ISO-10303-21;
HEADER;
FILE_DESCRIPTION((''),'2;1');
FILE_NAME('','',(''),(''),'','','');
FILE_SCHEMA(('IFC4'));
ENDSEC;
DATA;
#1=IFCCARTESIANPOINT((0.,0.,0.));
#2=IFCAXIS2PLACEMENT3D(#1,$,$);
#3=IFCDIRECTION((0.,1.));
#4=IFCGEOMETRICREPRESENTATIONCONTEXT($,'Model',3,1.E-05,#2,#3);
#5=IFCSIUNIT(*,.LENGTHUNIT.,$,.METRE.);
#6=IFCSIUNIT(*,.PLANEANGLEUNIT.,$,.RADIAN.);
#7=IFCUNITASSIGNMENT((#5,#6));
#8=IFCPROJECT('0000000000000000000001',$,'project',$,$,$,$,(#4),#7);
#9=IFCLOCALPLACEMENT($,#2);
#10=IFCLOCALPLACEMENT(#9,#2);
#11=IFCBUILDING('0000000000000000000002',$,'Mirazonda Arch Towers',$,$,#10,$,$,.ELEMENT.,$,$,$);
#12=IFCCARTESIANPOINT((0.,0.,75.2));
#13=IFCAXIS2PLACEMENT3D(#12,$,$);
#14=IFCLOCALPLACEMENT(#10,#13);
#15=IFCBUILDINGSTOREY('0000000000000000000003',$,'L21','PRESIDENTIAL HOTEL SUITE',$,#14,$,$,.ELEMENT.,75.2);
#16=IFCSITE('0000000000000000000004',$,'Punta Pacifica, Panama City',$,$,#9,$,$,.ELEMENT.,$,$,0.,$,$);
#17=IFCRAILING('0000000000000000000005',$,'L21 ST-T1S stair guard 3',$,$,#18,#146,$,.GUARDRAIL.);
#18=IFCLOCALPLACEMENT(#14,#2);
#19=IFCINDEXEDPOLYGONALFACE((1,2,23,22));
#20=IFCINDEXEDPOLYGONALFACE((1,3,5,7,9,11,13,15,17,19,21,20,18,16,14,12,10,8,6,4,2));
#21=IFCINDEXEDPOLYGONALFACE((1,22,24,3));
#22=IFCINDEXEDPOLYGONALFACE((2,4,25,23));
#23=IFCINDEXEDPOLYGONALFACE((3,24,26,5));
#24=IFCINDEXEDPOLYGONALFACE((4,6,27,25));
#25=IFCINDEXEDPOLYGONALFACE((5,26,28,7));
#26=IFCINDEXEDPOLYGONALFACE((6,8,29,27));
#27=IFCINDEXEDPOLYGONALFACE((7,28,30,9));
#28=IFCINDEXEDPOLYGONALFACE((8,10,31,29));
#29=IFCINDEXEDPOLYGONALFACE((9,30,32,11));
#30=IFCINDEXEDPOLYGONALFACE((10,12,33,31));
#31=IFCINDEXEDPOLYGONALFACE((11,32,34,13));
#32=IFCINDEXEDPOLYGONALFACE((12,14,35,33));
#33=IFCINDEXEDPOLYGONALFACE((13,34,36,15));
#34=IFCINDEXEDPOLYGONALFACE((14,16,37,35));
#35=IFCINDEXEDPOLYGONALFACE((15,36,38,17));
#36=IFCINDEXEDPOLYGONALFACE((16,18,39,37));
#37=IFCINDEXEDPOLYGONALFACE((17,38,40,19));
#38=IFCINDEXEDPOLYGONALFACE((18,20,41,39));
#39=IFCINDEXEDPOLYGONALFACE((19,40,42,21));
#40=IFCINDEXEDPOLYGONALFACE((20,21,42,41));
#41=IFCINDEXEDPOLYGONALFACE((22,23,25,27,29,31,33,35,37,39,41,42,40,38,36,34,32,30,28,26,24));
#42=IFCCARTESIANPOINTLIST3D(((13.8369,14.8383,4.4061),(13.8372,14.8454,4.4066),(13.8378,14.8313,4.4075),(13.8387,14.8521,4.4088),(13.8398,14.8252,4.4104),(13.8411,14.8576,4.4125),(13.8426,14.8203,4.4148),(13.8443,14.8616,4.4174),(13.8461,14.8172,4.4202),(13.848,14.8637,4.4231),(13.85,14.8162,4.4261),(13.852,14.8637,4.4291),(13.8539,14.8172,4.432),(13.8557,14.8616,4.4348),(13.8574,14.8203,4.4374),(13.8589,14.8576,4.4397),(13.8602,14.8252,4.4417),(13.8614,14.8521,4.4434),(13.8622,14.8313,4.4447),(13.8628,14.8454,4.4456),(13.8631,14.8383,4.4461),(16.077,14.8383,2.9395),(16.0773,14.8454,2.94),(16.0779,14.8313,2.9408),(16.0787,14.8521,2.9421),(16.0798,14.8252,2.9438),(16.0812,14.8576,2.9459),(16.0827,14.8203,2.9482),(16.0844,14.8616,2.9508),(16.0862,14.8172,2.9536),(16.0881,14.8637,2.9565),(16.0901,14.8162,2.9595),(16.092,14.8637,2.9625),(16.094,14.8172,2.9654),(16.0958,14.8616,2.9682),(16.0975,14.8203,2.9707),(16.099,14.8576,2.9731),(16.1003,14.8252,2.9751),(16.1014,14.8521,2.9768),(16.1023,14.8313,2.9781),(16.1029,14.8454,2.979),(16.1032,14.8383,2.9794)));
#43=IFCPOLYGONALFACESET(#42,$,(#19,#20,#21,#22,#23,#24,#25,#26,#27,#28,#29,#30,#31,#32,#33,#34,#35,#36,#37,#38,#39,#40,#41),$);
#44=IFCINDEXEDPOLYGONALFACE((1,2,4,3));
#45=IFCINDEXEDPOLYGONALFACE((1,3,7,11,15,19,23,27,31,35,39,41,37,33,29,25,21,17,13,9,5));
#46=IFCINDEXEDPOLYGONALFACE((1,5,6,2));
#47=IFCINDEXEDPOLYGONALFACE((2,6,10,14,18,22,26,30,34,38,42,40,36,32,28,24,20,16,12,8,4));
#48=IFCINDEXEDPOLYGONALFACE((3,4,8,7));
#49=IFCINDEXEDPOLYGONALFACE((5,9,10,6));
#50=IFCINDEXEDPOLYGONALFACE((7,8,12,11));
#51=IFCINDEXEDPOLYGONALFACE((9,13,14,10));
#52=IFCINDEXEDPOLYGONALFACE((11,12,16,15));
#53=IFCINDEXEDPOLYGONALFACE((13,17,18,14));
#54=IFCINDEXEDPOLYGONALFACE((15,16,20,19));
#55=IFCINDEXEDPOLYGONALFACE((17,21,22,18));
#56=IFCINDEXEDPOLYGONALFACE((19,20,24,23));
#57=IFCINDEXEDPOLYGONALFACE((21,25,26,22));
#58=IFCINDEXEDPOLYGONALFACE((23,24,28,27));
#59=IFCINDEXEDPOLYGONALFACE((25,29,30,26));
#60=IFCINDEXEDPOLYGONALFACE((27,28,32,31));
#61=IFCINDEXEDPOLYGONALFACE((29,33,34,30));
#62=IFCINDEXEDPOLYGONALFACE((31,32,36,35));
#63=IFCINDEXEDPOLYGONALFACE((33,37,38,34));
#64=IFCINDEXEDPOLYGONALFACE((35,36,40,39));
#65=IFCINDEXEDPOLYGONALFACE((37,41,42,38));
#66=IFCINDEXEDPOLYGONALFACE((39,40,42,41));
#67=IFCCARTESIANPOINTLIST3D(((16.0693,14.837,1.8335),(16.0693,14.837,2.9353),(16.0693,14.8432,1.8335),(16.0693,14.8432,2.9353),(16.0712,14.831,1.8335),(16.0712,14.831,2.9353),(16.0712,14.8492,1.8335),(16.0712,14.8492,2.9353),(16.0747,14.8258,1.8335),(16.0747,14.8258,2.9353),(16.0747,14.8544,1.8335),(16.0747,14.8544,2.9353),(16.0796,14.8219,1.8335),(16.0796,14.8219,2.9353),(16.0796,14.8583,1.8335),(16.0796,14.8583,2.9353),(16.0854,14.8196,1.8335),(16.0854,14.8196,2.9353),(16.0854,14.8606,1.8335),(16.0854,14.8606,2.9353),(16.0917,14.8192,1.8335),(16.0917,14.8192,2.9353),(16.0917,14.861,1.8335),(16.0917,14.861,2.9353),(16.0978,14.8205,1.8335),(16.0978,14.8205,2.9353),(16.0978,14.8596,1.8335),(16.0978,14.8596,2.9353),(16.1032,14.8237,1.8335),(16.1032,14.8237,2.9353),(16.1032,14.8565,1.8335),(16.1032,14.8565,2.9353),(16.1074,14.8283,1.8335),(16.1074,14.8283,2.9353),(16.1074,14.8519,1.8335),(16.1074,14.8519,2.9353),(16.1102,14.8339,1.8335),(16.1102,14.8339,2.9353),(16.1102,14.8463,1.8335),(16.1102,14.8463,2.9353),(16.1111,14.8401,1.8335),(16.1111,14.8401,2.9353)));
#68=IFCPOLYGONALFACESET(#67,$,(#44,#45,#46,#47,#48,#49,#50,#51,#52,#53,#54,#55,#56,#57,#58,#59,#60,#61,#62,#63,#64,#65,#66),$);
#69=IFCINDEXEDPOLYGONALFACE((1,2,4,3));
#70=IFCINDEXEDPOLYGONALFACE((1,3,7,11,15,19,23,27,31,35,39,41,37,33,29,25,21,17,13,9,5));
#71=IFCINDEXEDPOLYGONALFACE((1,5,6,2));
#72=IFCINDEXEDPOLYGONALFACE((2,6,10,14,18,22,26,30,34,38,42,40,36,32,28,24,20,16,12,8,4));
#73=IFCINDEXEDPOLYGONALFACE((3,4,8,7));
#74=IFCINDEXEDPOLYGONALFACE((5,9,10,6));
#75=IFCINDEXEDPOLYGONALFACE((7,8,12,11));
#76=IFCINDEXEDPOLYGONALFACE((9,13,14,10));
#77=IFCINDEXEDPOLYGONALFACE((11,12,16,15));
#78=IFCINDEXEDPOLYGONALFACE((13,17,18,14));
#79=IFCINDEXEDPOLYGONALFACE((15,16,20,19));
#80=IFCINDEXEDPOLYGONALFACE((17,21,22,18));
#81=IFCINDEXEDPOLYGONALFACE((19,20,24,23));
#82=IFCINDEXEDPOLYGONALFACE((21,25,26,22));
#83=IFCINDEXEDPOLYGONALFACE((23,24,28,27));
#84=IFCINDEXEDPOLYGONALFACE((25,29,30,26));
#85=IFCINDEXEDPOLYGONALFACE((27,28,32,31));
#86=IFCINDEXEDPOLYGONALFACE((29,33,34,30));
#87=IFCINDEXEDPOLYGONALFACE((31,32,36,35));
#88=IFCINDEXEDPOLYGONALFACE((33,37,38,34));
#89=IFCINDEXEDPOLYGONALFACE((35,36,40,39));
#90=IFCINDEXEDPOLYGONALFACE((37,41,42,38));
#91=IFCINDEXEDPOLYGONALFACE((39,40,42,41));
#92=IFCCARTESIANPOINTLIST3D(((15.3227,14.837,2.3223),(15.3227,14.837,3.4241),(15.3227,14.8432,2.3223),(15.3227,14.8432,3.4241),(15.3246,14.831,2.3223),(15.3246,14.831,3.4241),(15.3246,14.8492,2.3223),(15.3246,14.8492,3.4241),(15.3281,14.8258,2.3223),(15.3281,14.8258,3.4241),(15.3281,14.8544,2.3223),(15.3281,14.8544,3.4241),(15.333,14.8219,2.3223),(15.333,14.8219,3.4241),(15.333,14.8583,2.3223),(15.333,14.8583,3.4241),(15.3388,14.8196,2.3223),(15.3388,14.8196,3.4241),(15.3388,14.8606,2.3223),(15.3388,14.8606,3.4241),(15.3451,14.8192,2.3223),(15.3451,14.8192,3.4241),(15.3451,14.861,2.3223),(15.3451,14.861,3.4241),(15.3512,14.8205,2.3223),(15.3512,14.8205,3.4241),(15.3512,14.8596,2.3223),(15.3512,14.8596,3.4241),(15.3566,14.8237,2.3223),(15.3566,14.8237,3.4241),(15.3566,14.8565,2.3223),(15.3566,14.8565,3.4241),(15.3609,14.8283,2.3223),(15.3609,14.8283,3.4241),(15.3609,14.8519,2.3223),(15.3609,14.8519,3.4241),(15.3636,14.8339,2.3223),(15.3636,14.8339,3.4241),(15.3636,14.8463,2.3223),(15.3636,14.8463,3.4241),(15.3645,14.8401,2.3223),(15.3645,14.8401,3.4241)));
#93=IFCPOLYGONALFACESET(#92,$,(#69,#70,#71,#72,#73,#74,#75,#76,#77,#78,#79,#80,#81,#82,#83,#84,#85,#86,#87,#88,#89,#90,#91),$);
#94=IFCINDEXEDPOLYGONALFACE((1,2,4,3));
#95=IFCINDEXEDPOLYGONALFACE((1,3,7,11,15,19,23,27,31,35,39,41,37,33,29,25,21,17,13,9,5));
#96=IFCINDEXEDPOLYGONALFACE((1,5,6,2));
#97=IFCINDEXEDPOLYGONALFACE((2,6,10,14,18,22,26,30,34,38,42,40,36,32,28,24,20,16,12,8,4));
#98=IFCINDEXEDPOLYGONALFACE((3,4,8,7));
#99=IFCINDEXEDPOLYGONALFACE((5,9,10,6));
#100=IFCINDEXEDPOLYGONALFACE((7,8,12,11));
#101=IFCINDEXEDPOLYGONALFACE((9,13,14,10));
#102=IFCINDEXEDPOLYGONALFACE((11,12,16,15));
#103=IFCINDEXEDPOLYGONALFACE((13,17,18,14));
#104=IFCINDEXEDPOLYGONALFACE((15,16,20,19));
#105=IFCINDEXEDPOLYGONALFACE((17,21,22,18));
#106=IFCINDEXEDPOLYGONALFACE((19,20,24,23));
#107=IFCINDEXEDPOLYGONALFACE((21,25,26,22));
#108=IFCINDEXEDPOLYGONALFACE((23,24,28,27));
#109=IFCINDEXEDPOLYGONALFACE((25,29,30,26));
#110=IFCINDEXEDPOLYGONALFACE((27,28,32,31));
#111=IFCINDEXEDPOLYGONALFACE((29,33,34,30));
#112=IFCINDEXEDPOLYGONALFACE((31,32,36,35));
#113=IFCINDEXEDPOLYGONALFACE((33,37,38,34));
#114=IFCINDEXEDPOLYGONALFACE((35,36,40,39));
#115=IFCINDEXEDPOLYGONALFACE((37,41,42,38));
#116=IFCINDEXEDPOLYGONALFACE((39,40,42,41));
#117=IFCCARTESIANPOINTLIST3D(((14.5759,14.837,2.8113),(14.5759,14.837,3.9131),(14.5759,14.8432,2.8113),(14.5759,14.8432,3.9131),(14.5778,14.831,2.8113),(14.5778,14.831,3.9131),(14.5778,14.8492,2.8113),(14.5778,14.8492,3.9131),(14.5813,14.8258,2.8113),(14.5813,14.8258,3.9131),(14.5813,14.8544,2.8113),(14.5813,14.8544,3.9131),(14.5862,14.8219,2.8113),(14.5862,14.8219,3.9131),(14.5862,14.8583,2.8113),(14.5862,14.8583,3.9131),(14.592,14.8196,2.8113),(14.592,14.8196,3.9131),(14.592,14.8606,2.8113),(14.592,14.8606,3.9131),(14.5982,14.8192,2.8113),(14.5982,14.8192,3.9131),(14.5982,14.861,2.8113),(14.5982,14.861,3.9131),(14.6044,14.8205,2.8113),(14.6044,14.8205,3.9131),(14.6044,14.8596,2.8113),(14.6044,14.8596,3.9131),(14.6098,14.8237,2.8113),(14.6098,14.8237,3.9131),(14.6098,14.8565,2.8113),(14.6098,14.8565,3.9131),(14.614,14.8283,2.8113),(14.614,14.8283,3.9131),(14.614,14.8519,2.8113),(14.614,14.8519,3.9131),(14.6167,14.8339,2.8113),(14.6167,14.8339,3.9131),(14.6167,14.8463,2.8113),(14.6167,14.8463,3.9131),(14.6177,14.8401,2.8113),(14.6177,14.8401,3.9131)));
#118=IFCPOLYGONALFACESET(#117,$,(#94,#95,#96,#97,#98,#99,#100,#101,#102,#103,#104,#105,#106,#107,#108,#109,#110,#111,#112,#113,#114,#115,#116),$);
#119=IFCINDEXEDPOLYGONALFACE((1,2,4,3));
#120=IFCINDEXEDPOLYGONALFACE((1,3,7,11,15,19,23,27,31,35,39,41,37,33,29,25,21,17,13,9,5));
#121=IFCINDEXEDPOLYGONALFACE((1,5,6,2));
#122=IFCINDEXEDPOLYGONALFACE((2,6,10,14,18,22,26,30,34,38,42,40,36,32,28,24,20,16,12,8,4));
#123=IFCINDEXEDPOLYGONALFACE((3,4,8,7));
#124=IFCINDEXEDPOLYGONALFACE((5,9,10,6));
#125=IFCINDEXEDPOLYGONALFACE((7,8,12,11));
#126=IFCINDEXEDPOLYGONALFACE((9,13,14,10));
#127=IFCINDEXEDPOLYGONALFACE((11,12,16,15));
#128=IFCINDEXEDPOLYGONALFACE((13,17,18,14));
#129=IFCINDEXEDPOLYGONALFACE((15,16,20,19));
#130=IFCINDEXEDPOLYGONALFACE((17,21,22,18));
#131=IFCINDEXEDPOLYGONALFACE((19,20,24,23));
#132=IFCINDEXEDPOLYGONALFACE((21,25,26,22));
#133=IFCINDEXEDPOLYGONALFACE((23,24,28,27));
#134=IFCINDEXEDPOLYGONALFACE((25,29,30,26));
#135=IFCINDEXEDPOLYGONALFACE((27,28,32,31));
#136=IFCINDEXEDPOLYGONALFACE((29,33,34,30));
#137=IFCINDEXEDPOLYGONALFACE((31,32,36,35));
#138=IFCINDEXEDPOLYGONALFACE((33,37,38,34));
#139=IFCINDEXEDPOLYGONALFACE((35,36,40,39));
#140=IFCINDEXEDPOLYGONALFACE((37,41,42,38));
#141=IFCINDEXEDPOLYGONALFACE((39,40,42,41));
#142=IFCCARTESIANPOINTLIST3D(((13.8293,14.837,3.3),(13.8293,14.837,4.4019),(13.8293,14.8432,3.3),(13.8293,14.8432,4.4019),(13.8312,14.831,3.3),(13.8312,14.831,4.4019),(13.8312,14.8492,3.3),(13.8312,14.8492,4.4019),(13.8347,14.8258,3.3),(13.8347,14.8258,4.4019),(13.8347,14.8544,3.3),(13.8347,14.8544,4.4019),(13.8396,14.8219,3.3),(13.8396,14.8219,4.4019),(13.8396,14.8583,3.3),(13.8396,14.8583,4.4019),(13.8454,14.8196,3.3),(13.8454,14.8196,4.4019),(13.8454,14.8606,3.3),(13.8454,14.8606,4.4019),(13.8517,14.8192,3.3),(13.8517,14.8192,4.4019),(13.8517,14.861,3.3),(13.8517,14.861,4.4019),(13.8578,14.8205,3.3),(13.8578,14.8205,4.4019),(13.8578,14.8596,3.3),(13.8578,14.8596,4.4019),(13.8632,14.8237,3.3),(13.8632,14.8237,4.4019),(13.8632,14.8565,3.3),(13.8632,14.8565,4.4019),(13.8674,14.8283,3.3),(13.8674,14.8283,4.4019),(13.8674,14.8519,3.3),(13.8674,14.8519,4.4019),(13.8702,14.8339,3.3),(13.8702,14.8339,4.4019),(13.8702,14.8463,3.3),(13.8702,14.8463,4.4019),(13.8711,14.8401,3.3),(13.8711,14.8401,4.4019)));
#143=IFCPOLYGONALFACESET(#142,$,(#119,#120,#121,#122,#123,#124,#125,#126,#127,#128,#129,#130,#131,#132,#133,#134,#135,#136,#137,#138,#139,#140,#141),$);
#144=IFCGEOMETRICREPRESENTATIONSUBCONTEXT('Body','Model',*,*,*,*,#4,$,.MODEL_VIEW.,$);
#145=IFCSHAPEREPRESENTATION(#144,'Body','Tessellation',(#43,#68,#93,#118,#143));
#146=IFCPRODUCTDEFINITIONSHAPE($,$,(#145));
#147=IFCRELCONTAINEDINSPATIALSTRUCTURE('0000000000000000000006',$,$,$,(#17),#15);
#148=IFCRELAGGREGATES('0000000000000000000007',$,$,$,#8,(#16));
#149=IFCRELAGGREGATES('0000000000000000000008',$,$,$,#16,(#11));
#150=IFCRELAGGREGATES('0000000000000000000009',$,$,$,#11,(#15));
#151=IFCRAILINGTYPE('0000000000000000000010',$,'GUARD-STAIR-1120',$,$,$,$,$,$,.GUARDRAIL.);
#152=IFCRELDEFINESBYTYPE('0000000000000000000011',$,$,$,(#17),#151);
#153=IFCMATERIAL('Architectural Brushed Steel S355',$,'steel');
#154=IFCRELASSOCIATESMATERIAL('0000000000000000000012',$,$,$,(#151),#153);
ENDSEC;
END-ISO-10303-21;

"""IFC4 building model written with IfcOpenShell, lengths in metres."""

from ifc_helpers import new_model, si_unit, direction, frame, origin, origin_2d, place, context, subcontext, project, spatial, circle, extrude, material, type_object, element, save


model = new_model("IFC4")

# Units and contexts
model_context = context("Model", 3, precision=1e-05, world=origin(), true_north=direction((0.0, 1.0)))
body_context = subcontext(model_context, "Body", "Model", "MODEL_VIEW")
ifc_project = project(units=[si_unit("LENGTHUNIT", "METRE"), si_unit("PLANEANGLEUNIT", "RADIAN")], contexts=[model_context])

# Site, building, storey
site_placement = place(None, origin())
site = spatial("IfcSite", under=ifc_project, at=site_placement, Name="Punta Pacifica, Panama City", CompositionType="ELEMENT", RefElevation=0.0)
building_placement = place(site_placement, origin())
building = spatial("IfcBuilding", under=site, at=building_placement, Name="Mirazonda Arch Towers", CompositionType="ELEMENT")
storey_placement = place(building_placement, frame((0.0, 0.0, 75.2)))
storey = spatial("IfcBuildingStorey", under=building, at=storey_placement, Name="L21", Description="PRESIDENTIAL HOTEL SUITE", CompositionType="ELEMENT", Elevation=75.2)

# Shared definitions
ifc_material_1 = material(Name="Architectural Brushed Steel S355", Category="steel")

# Railing
railing_type = type_object("IfcRailingType", Name="GUARD-STAIR-1120", PredefinedType="GUARDRAIL", material=ifc_material_1)
railing_1_placement = place(storey_placement, frame((16.0901, 14.8401, 1.8335)))
element("IfcRailing", 1, at=railing_1_placement, inside=storey, type_object=railing_type, Name="L21 ST-T1S stair guard 3", PredefinedType="GUARDRAIL", context=body_context, shape_type="SweptSolid", body=[
    extrude(circle(Radius=0.0239, at=origin_2d()), frame((0.0, 0.0, 1.126), z_axis=(-0.836637, 0.0, 0.547758), x_axis=(0.0, -1.0, 0.0)), (0.0, 0.0, 1.0), 2.6775),
    extrude(circle(Radius=0.021, at=origin_2d()), origin(), (0.0, 0.0, 1.0), 1.1018),
    extrude(circle(Radius=0.021, at=origin_2d()), frame((-0.7466, 0.0, 0.4888)), (0.0, 0.0, 1.0), 1.1018),
    extrude(circle(Radius=0.021, at=origin_2d()), frame((-1.4934, 0.0, 0.9778)), (0.0, 0.0, 1.0), 1.1018),
    extrude(circle(Radius=0.021, at=origin_2d()), frame((-2.24, 0.0, 1.4666)), (0.0, 0.0, 1.0), 1.1018),
])

save(model, "model.ifc")
